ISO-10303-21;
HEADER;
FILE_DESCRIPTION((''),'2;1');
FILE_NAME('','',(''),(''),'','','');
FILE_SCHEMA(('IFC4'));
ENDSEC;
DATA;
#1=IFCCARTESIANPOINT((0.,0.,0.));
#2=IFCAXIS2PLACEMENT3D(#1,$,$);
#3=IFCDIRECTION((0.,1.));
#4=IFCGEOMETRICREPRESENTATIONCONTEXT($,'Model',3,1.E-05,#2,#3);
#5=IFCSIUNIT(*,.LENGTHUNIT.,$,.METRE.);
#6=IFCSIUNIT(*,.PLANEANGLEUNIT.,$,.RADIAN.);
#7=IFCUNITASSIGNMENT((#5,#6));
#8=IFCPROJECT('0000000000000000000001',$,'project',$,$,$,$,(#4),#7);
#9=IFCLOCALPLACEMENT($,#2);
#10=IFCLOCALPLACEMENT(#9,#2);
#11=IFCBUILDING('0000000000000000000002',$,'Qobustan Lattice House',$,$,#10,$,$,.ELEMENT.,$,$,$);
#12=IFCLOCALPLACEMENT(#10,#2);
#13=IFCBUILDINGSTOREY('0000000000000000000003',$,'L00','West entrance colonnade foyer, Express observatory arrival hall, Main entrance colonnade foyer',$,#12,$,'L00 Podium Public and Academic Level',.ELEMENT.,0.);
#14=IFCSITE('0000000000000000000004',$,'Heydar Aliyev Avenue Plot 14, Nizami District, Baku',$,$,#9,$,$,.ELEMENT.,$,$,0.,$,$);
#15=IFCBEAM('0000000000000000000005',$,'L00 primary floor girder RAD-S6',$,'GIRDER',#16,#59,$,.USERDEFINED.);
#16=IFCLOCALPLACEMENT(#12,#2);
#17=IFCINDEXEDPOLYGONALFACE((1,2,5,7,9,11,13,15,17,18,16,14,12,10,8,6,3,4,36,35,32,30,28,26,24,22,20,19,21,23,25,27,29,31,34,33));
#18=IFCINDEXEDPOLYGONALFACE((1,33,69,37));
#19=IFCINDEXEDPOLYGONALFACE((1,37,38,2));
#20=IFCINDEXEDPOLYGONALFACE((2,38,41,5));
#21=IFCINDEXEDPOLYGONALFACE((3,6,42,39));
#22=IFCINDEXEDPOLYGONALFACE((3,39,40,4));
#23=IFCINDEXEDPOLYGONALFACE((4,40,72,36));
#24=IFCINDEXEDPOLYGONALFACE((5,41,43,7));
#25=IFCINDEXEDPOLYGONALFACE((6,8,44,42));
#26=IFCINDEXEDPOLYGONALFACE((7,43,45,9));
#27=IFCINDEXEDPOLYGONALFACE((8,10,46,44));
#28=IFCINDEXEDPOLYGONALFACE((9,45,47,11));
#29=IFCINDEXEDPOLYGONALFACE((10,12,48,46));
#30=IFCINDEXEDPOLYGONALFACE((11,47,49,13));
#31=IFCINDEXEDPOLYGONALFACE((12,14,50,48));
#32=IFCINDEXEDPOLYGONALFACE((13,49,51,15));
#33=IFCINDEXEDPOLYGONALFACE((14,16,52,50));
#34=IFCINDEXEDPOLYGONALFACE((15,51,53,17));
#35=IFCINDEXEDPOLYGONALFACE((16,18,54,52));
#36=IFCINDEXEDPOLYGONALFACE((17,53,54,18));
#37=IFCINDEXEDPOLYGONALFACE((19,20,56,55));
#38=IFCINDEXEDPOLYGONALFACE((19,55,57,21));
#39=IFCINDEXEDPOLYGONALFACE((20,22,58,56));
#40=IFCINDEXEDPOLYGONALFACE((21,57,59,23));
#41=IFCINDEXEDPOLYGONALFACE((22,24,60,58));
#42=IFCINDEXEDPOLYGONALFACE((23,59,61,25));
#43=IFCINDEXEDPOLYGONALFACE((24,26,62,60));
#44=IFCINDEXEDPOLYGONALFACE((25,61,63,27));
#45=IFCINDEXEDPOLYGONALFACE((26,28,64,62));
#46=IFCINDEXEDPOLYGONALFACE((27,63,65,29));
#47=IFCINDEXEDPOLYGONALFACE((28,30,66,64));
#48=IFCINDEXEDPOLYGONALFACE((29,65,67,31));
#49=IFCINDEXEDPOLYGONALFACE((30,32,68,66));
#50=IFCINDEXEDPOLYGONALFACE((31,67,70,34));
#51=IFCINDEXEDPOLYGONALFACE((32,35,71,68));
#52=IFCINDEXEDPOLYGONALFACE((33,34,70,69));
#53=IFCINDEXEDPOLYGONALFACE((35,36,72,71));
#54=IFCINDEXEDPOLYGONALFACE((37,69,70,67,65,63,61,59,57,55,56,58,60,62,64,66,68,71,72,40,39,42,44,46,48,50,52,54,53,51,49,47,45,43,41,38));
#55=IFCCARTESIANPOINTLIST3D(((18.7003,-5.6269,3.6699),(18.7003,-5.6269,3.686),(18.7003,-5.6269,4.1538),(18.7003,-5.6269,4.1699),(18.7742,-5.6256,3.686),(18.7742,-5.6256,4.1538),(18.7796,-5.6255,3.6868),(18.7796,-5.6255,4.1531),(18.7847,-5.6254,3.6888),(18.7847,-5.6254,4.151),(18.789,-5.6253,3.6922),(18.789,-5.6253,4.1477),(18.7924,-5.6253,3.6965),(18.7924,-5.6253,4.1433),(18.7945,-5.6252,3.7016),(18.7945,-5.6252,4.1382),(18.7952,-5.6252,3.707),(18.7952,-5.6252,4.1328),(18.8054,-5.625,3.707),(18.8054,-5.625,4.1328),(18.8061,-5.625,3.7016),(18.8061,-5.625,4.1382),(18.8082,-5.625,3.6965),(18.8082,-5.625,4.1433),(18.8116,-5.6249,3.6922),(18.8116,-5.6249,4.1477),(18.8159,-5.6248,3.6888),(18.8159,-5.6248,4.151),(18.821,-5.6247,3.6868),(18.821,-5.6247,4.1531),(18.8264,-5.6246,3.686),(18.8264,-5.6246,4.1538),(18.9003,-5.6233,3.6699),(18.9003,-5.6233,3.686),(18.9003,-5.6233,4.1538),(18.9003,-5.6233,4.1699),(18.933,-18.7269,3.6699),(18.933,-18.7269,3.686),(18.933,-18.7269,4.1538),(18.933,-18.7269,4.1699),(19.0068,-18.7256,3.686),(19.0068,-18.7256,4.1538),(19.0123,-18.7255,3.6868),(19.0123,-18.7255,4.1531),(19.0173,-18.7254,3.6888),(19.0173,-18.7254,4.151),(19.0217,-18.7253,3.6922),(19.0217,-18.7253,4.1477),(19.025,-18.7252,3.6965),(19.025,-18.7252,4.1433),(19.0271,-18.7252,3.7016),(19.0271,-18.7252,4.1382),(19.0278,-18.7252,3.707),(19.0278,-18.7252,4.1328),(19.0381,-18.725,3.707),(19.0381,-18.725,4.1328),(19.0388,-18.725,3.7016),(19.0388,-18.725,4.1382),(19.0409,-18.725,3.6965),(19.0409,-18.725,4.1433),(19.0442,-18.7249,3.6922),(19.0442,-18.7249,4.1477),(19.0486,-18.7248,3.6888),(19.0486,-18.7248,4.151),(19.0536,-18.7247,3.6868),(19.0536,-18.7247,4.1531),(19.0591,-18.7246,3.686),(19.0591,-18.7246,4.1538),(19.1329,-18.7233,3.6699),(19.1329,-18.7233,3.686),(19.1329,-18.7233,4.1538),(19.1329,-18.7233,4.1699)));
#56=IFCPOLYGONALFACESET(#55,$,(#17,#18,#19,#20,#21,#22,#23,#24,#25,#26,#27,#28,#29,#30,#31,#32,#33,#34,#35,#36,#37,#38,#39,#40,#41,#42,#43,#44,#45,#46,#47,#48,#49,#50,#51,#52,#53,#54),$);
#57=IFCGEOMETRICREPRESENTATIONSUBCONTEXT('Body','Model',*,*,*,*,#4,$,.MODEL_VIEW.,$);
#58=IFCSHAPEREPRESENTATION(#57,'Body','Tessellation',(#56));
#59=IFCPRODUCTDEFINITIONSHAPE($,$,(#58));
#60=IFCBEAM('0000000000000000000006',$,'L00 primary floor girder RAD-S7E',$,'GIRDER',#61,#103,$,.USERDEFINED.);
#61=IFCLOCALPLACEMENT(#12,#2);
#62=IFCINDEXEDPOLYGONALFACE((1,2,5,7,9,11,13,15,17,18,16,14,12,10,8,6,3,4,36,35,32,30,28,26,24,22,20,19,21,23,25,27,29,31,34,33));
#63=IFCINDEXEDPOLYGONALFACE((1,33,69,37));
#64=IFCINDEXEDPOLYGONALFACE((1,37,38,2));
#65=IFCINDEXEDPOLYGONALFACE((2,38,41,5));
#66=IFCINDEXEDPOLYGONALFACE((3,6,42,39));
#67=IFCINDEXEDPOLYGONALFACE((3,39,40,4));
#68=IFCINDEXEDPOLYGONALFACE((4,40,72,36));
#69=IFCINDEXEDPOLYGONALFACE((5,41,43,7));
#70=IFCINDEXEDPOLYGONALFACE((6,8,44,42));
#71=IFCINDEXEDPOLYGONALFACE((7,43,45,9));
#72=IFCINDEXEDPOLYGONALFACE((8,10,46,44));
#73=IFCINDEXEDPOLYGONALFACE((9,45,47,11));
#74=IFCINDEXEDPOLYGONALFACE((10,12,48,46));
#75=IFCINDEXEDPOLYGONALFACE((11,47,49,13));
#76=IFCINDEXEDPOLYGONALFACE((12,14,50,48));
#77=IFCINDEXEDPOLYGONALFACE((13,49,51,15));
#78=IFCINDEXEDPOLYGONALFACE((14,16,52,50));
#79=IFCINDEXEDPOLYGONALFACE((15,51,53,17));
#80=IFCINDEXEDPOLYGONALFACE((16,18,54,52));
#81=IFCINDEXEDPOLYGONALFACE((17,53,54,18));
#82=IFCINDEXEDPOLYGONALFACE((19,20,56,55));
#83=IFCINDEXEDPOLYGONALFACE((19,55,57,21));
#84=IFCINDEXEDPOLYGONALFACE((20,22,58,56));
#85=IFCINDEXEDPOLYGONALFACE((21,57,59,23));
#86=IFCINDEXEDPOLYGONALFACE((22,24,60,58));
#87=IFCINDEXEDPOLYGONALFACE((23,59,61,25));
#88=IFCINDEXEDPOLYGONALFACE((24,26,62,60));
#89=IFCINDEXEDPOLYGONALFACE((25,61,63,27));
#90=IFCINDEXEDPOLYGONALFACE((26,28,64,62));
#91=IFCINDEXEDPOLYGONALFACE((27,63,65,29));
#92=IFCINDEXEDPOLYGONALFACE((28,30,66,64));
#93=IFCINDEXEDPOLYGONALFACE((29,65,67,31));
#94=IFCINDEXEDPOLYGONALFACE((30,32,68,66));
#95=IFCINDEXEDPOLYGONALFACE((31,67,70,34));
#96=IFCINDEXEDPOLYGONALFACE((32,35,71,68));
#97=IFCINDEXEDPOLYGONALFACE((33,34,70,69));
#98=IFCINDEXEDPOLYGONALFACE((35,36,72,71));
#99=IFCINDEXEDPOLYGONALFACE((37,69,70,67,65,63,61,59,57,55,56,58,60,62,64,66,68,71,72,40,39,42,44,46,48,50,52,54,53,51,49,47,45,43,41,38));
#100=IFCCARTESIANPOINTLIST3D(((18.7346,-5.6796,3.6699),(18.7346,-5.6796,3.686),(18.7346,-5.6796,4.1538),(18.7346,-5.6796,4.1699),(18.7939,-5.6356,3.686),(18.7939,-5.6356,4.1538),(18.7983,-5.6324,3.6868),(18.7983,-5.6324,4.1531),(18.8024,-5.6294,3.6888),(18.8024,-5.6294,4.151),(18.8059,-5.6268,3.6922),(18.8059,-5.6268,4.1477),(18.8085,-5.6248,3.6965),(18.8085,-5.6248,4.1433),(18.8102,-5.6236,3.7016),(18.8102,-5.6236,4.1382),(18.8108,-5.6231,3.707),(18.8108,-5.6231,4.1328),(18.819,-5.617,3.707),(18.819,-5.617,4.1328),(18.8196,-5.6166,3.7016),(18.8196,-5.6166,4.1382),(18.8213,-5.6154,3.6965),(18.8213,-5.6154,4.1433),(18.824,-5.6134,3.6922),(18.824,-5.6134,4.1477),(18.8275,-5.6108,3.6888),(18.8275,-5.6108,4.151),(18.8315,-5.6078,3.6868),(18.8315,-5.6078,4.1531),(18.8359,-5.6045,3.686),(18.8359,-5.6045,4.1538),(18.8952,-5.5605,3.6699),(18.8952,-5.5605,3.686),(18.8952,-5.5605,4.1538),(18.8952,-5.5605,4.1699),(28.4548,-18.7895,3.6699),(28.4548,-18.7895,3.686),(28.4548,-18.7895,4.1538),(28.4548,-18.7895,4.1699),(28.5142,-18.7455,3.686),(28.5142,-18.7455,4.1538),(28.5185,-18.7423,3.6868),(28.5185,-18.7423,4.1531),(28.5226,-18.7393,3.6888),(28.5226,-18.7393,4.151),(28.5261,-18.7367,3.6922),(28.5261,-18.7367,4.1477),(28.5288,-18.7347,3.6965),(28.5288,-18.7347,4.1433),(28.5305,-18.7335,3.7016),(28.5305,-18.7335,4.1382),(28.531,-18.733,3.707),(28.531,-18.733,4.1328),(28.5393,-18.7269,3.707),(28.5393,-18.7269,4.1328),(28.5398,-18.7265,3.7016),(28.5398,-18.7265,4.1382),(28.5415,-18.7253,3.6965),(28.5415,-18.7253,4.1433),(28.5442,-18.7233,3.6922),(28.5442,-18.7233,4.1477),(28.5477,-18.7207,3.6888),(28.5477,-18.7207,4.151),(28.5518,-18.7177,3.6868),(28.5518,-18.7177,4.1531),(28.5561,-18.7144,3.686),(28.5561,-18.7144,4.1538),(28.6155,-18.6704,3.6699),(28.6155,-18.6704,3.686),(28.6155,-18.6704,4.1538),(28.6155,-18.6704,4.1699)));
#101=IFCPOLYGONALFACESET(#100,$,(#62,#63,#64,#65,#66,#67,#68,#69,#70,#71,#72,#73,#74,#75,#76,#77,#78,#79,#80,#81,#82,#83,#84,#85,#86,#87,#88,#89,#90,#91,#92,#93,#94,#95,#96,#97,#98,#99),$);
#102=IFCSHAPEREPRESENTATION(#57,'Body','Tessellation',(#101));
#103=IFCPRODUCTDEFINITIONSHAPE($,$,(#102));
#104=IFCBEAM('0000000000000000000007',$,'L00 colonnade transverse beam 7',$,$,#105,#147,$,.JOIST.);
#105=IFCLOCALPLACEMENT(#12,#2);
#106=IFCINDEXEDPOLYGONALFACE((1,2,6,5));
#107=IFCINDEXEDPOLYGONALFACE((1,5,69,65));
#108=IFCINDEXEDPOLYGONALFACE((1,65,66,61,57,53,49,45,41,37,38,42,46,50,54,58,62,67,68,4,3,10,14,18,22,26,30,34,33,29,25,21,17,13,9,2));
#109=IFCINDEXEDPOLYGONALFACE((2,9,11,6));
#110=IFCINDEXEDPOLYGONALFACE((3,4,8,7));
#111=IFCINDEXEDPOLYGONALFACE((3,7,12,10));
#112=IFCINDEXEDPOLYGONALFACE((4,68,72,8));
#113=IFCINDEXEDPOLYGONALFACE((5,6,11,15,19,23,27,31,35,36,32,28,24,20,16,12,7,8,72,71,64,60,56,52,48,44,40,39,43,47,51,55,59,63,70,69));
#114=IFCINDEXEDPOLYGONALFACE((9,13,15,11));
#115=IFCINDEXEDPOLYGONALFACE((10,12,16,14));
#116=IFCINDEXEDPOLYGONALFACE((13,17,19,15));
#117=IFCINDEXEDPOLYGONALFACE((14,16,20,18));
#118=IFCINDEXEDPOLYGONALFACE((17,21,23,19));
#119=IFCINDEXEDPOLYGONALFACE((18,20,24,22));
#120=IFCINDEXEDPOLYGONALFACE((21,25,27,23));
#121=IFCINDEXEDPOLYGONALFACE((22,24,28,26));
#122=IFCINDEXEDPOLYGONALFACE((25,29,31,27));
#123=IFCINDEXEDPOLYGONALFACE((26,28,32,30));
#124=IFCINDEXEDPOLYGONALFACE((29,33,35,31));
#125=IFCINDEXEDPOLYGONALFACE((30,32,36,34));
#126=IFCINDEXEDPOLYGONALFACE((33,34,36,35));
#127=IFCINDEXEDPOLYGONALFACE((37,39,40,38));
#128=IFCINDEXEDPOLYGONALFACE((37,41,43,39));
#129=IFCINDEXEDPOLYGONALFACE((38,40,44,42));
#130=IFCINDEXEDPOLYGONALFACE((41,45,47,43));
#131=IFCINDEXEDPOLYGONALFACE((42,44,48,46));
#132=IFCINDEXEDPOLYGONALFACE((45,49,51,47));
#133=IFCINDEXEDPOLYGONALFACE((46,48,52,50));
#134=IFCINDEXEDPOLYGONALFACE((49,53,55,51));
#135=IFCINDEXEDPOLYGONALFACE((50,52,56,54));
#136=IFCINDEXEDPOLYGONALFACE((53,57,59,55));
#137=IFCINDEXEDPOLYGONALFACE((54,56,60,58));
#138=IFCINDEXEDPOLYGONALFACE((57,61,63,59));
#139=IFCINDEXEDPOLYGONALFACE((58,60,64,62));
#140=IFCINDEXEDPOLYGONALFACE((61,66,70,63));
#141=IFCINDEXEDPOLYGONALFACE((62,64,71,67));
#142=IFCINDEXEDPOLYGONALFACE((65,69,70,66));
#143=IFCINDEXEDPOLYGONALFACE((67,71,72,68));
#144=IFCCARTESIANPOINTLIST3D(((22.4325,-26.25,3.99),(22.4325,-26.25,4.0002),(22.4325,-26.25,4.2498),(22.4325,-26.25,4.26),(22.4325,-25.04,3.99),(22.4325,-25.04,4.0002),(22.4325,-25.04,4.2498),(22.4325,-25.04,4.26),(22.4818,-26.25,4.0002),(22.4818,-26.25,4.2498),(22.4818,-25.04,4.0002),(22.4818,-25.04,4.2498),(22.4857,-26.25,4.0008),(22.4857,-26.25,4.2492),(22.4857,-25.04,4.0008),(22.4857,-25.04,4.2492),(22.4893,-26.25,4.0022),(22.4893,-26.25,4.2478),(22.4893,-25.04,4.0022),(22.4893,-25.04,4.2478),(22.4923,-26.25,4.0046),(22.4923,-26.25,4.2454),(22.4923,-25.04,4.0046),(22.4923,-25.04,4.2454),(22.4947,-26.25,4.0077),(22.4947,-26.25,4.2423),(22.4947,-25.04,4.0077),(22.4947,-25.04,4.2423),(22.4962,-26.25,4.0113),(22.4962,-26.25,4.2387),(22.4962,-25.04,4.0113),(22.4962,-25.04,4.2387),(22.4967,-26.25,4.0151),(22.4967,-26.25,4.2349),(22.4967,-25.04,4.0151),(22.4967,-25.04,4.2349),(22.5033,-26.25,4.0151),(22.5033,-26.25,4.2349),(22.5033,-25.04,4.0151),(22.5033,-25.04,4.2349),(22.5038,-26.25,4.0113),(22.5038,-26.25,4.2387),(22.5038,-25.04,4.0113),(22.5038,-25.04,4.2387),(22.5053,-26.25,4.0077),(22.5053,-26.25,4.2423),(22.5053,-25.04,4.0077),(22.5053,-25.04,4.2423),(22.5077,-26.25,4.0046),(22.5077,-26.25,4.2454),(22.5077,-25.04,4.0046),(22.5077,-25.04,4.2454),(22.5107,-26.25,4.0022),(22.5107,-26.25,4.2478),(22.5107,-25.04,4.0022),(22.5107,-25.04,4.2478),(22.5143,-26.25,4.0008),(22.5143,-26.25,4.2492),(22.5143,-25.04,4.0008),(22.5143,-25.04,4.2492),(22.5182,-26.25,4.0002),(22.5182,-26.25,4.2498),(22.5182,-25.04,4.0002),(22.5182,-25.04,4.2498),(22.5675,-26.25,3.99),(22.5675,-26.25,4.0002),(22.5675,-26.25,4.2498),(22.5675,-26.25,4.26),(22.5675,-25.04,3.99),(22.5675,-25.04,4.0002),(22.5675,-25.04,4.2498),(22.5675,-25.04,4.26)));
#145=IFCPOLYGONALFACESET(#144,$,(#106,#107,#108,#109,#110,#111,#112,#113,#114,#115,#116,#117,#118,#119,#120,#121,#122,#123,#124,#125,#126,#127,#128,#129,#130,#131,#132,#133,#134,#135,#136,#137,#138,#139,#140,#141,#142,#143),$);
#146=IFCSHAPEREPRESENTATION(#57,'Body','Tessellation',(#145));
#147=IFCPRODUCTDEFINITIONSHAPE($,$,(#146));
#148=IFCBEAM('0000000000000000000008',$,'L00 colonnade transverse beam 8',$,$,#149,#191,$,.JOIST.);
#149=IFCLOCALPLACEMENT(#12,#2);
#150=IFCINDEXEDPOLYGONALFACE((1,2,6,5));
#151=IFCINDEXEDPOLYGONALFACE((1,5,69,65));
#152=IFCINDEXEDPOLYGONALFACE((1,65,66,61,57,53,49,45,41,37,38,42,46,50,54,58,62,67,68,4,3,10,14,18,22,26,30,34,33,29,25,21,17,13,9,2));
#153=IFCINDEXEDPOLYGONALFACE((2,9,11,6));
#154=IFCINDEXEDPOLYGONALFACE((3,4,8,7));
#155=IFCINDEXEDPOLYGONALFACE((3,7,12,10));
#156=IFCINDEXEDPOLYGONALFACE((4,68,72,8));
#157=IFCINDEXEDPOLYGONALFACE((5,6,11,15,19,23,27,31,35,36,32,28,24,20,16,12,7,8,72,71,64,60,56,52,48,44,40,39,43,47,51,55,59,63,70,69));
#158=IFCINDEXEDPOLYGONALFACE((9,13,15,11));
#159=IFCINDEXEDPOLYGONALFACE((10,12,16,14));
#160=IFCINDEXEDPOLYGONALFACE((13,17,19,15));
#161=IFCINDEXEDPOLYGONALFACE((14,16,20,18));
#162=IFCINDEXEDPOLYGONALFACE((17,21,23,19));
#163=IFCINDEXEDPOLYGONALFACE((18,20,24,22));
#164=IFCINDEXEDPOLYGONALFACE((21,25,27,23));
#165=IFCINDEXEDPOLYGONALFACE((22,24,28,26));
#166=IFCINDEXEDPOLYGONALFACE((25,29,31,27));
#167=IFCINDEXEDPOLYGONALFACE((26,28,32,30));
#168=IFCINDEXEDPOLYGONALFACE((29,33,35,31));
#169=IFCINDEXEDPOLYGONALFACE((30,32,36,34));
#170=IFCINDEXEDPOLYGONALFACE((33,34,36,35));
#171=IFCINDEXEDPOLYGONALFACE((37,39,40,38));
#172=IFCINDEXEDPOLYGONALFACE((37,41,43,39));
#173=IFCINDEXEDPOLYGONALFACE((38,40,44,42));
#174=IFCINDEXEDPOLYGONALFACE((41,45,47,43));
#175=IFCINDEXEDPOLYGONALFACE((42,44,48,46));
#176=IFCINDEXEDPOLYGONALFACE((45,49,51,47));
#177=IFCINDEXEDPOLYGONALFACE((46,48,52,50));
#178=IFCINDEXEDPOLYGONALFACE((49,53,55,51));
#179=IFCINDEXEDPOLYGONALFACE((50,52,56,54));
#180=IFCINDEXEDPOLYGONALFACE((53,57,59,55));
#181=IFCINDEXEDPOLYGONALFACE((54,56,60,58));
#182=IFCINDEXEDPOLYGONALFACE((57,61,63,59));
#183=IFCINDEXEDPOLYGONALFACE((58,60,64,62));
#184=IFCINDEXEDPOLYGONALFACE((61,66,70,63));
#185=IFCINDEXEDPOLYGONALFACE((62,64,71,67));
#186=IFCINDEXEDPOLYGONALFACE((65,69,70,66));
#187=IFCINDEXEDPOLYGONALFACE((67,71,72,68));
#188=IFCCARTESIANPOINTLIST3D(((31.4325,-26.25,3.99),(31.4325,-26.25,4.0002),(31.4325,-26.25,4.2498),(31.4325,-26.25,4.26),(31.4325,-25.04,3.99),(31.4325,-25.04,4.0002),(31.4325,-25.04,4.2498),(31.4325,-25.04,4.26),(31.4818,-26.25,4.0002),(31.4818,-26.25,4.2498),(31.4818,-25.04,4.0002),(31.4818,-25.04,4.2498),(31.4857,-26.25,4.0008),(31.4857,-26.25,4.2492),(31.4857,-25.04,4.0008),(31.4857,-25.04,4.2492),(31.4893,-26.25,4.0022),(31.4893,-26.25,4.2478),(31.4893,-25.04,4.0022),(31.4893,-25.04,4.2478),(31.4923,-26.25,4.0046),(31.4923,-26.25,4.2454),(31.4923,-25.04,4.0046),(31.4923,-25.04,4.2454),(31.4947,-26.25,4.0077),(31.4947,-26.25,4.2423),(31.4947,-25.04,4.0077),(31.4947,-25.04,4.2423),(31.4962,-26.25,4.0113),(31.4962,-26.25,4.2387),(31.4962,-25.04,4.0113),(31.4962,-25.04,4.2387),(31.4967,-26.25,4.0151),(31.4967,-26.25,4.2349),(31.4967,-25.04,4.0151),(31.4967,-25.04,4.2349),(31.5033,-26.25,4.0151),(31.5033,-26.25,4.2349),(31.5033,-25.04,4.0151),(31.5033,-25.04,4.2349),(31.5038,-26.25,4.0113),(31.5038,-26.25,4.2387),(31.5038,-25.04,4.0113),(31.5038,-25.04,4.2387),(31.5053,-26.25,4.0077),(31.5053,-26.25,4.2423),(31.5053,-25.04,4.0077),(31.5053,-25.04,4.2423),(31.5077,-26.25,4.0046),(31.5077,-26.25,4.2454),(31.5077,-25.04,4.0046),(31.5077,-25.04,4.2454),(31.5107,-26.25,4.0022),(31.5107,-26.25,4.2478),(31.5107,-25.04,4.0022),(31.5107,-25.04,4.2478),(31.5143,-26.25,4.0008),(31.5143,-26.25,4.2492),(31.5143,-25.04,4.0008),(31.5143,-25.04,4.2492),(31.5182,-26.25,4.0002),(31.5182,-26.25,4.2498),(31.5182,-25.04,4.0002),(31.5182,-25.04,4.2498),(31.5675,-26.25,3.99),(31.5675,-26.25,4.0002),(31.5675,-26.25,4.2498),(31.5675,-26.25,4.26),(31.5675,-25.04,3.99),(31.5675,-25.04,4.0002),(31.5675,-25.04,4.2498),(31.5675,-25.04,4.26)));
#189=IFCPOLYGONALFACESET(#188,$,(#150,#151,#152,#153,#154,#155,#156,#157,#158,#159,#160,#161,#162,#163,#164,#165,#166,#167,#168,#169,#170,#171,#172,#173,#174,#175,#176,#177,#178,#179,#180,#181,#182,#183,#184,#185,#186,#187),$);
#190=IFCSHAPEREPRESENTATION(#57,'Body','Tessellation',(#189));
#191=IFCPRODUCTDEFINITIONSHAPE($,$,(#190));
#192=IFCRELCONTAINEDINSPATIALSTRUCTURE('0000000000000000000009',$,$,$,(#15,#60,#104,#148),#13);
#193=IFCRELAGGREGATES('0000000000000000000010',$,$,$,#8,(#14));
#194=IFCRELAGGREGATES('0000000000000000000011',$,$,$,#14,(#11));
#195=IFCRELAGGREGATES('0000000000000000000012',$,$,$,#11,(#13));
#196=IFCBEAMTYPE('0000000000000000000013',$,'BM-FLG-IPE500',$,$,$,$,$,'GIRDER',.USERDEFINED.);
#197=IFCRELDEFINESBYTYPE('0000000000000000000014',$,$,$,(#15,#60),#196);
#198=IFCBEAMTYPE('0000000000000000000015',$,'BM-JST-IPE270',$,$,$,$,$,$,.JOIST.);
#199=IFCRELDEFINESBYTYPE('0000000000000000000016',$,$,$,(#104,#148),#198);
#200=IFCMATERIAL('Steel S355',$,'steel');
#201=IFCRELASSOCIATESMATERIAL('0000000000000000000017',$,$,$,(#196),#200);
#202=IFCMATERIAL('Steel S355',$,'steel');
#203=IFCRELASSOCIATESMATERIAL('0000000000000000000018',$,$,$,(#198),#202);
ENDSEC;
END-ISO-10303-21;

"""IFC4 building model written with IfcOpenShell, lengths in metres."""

from ifc_helpers import new_model, si_unit, direction, frame, origin, origin_2d, place, context, subcontext, project, spatial, i_section, extrude, material, material_profile, profile_set, type_object, element, save


model = new_model("IFC4")

# Units and contexts
model_context = context("Model", 3, precision=1e-05, world=origin(), true_north=direction((0.0, 1.0)))
body_context = subcontext(model_context, "Body", "Model", "MODEL_VIEW")
ifc_project = project(units=[si_unit("LENGTHUNIT", "METRE"), si_unit("PLANEANGLEUNIT", "RADIAN")], contexts=[model_context])

# Site, building, storey
site_placement = place(None, origin())
site = spatial("IfcSite", under=ifc_project, at=site_placement, Name="Heydar Aliyev Avenue Plot 14, Nizami District, Baku", CompositionType="ELEMENT", RefElevation=0.0)
building_placement = place(site_placement, origin())
building = spatial("IfcBuilding", under=site, at=building_placement, Name="Qobustan Lattice House", CompositionType="ELEMENT")
storey_placement = place(building_placement, origin())
storey = spatial("IfcBuildingStorey", under=building, at=storey_placement, Name="L00", Description="West entrance colonnade foyer, Express observatory arrival hall, Main entrance colonnade foyer", LongName="L00 Podium Public and Academic Level", CompositionType="ELEMENT", Elevation=0.0)

# Beams
ifc_material_1 = material(Name="Steel S355", Category="steel")
ifc_material_profile_1 = material_profile(ifc_material_1, i_section(OverallWidth=0.2, OverallDepth=0.5, WebThickness=0.0103, FlangeThickness=0.0161, FilletRadius=0.021, at=origin_2d()), Name="IPE500")
ifc_profile_set_1 = profile_set([ifc_material_profile_1], Name="Steel S355")
beam_type_1 = type_object("IfcBeamType", Name="BM-FLG-IPE500", ElementType="GIRDER", PredefinedType="USERDEFINED", material=ifc_profile_set_1)
beam_1_placement = place(storey_placement, frame((19.033, -18.7251, 3.9199), z_axis=(-0.017758, 0.999842, 0.0), x_axis=(-0.999842, -0.017758, 0.0)))
element("IfcBeam", 1, at=beam_1_placement, inside=storey, type_object=beam_type_1, Name="L00 primary floor girder RAD-S6", ObjectType="GIRDER", PredefinedType="USERDEFINED", context=body_context, shape_type="SweptSolid", body=[
    extrude(i_section(OverallWidth=0.2, OverallDepth=0.5, WebThickness=0.0103, FlangeThickness=0.0161, FilletRadius=0.021, at=origin_2d()), origin(), (0.0, 0.0, 1.0), 13.1021),
])
beam_2_placement = place(storey_placement, frame((28.5352, -18.73, 3.9199), z_axis=(-0.595592, 0.803287, 0.0), x_axis=(-0.803287, -0.595592, 0.0)))
element("IfcBeam", 2, at=beam_2_placement, inside=storey, type_object=beam_type_1, Name="L00 primary floor girder RAD-S7E", ObjectType="GIRDER", PredefinedType="USERDEFINED", context=body_context, shape_type="SweptSolid", body=[
    extrude(i_section(OverallWidth=0.2, OverallDepth=0.5, WebThickness=0.0103, FlangeThickness=0.0161, FilletRadius=0.021, at=origin_2d()), origin(), (0.0, 0.0, 1.0), 16.3203),
])
ifc_material_2 = material(Name="Steel S355", Category="steel")
ifc_material_profile_2 = material_profile(ifc_material_2, i_section(OverallWidth=0.135, OverallDepth=0.27, WebThickness=0.0066, FlangeThickness=0.0103, FilletRadius=0.0149, at=origin_2d()), Name="IPE270")
ifc_profile_set_2 = profile_set([ifc_material_profile_2], Name="Steel S355")
beam_type_2 = type_object("IfcBeamType", Name="BM-JST-IPE270", PredefinedType="JOIST", material=ifc_profile_set_2)
for number, where, z_axis, x_axis, name in (
    (3, (22.5, -26.25, 4.125), (0.0, 1.0, 0.0), (-1.0, 0.0, 0.0), "L00 colonnade transverse beam 7"),
    (4, (31.5, -26.25, 4.125), (0.0, 1.0, 0.0), (-1.0, 0.0, 0.0), "L00 colonnade transverse beam 8"),
):
    element("IfcBeam", number, at=place(storey_placement, frame(where, z_axis=z_axis, x_axis=x_axis)), inside=storey, type_object=beam_type_2, Name=name, PredefinedType="JOIST", context=body_context, shape_type="SweptSolid", body=[
        extrude(i_section(OverallWidth=0.135, OverallDepth=0.27, WebThickness=0.0066, FlangeThickness=0.0103, FilletRadius=0.0149, at=origin_2d()), origin(), (0.0, 0.0, 1.0), 1.21),
    ])

save(model, "model.ifc")
